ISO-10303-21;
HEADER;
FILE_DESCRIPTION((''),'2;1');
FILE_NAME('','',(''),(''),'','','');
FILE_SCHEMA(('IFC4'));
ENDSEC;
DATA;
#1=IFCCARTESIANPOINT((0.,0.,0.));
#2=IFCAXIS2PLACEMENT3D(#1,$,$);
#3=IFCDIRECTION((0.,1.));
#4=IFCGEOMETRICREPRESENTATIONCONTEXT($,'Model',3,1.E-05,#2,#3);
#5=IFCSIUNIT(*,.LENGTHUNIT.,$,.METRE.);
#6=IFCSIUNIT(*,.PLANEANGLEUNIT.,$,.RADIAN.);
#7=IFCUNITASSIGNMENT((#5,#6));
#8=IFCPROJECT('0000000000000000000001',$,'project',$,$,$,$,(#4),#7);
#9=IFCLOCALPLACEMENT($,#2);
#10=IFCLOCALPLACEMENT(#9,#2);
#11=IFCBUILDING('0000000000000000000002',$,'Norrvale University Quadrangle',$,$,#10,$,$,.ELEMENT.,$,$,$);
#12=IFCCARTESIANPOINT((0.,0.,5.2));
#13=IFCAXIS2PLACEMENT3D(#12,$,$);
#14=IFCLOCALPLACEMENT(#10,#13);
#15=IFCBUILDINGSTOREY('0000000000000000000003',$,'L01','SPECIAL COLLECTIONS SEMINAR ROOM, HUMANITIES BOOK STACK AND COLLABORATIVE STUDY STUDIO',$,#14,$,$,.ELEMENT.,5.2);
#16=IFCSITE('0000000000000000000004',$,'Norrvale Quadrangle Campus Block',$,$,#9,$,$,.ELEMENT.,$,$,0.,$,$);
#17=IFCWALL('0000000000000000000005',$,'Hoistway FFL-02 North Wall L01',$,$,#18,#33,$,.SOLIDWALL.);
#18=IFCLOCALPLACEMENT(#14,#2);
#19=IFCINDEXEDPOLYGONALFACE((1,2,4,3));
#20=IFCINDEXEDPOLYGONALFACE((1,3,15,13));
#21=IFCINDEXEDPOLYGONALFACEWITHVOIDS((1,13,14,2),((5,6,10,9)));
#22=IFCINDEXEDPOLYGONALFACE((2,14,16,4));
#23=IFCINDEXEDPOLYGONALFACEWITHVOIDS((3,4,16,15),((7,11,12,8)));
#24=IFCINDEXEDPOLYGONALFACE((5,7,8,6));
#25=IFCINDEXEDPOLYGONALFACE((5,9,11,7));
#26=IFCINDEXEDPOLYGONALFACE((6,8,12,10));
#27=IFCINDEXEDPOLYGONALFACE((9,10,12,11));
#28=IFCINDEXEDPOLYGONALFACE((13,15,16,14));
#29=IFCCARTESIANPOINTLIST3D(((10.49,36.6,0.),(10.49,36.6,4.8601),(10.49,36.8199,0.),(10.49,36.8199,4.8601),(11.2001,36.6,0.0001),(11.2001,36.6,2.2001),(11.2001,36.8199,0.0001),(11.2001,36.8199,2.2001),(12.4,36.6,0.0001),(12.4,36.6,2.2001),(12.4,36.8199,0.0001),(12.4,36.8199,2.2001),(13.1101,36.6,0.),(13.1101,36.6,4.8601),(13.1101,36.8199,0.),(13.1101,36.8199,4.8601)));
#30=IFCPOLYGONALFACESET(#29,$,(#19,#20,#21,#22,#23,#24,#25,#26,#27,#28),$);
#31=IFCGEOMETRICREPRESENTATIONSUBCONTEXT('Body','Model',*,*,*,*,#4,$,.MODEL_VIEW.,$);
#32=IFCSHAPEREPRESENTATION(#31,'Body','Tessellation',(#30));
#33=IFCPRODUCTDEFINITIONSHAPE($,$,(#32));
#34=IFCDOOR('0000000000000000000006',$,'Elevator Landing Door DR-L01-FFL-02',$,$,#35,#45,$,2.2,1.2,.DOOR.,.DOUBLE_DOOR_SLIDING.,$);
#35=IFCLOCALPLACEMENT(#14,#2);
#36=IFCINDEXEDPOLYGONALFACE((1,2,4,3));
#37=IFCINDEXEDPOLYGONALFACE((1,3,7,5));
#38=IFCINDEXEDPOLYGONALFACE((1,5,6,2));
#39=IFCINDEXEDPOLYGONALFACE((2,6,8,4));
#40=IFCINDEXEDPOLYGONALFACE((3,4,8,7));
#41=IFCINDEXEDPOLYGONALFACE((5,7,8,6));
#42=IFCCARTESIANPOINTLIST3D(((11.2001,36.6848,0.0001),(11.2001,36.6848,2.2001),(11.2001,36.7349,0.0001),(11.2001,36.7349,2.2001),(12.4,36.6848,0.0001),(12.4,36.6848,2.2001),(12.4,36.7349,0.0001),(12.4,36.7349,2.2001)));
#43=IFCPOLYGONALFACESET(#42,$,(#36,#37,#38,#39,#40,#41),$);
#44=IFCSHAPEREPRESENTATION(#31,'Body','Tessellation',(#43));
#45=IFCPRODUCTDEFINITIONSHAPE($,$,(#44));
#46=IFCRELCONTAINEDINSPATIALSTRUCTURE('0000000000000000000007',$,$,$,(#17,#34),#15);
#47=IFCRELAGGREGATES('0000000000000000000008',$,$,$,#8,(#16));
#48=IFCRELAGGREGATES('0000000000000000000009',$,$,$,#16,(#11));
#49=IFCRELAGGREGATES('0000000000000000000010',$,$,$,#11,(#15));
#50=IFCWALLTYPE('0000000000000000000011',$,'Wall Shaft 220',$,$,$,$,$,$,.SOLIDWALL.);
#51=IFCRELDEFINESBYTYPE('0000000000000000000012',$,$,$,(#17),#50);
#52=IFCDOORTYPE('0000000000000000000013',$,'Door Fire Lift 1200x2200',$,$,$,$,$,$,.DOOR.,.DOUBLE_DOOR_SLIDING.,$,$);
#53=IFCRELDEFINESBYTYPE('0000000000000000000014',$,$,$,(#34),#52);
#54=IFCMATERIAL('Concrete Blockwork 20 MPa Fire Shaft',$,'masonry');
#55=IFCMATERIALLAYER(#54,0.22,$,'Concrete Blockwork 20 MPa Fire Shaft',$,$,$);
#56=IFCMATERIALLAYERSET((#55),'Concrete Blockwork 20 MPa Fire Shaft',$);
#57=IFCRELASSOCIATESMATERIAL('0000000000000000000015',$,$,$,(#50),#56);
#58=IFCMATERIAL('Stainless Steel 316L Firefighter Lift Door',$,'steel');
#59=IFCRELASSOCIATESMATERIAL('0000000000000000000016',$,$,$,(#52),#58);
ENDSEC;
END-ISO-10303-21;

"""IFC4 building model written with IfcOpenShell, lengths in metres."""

from ifc_helpers import new_model, si_unit, direction, frame, frame_2d, origin, place, context, subcontext, project, spatial, rectangle, extrude, material, layer, layer_set, type_object, element, fill, save


model = new_model("IFC4")

# Units and contexts
model_context = context("Model", 3, precision=1e-05, world=origin(), true_north=direction((0.0, 1.0)))
body_context = subcontext(model_context, "Body", "Model", "MODEL_VIEW")
ifc_project = project(units=[si_unit("LENGTHUNIT", "METRE"), si_unit("PLANEANGLEUNIT", "RADIAN")], contexts=[model_context])

# Site, building, storey
site_placement = place(None, origin())
site = spatial("IfcSite", under=ifc_project, at=site_placement, Name="Norrvale Quadrangle Campus Block", CompositionType="ELEMENT", RefElevation=0.0)
building_placement = place(site_placement, origin())
building = spatial("IfcBuilding", under=site, at=building_placement, Name="Norrvale University Quadrangle", CompositionType="ELEMENT")
storey_placement = place(building_placement, frame((0.0, 0.0, 5.2)))
storey = spatial("IfcBuildingStorey", under=building, at=storey_placement, Name="L01", Description="SPECIAL COLLECTIONS SEMINAR ROOM, HUMANITIES BOOK STACK AND COLLABORATIVE STUDY STUDIO", CompositionType="ELEMENT", Elevation=5.2)

# Shared definitions
ifc_material_1 = material(Name="Concrete Blockwork 20 MPa Fire Shaft", Category="masonry")
ifc_layer_1 = layer(ifc_material_1, 0.22, Name="Concrete Blockwork 20 MPa Fire Shaft")
ifc_layer_set_1 = layer_set([ifc_layer_1], Name="Concrete Blockwork 20 MPa Fire Shaft")
wall_type_1 = type_object("IfcWallType", Name="Wall Shaft 220", PredefinedType="SOLIDWALL", material=ifc_layer_set_1)

# Wall, opening, door
wall_1_placement = place(storey_placement, frame((10.49, 36.71, 0.0), z_axis=(0.0, 0.0, 1.0), x_axis=(1.0, 0.0, 0.0)))
wall_1 = element("IfcWall", 1, at=wall_1_placement, inside=storey, type_object=wall_type_1, Name="Hoistway FFL-02 North Wall L01", PredefinedType="SOLIDWALL", context=body_context, shape_type="SweptSolid", body=[
    extrude(rectangle(XDim=2.6201, YDim=0.22, at=frame_2d((1.3101, 0.0))), origin(), (0.0, 0.0, 1.0), 4.8601),
])
opening_1_placement = place(wall_1_placement, frame((0.71, 0.0, 0.0)))
opening_1 = element("IfcOpeningElement", 2, at=opening_1_placement, cuts=wall_1, PredefinedType="OPENING", context=body_context, shape_type="SweptSolid", body=[
    extrude(rectangle(XDim=1.2, YDim=2.2, at=frame_2d((0.6001, 1.1001))), frame((0.0, 0.1221, 0.0), z_axis=(0.0, -1.0, 0.0), x_axis=(1.0, 0.0, 0.0)), (0.0, 0.0, 1.0), 0.2439),
])
ifc_material_2 = material(Name="Stainless Steel 316L Firefighter Lift Door", Category="steel")
door_type_1 = type_object("IfcDoorType", Name="Door Fire Lift 1200x2200", OperationType="DOUBLE_DOOR_SLIDING", PredefinedType="DOOR", material=ifc_material_2)
door_1_placement = place(opening_1_placement, origin())
door_1 = element("IfcDoor", 3, at=door_1_placement, inside=storey, type_object=door_type_1, Name="Elevator Landing Door DR-L01-FFL-02", OperationType="DOUBLE_DOOR_SLIDING", OverallHeight=2.2, OverallWidth=1.2, PredefinedType="DOOR", context=body_context, shape_type="SweptSolid", body=[
    extrude(rectangle(XDim=1.2, YDim=2.2, at=frame_2d((0.6001, 1.1001))), frame((0.0, 0.0249, 0.0), z_axis=(0.0, -1.0, 0.0), x_axis=(1.0, 0.0, 0.0)), (0.0, 0.0, 1.0), 0.05),
])
fill(opening_1, door_1)

save(model, "model.ifc")
